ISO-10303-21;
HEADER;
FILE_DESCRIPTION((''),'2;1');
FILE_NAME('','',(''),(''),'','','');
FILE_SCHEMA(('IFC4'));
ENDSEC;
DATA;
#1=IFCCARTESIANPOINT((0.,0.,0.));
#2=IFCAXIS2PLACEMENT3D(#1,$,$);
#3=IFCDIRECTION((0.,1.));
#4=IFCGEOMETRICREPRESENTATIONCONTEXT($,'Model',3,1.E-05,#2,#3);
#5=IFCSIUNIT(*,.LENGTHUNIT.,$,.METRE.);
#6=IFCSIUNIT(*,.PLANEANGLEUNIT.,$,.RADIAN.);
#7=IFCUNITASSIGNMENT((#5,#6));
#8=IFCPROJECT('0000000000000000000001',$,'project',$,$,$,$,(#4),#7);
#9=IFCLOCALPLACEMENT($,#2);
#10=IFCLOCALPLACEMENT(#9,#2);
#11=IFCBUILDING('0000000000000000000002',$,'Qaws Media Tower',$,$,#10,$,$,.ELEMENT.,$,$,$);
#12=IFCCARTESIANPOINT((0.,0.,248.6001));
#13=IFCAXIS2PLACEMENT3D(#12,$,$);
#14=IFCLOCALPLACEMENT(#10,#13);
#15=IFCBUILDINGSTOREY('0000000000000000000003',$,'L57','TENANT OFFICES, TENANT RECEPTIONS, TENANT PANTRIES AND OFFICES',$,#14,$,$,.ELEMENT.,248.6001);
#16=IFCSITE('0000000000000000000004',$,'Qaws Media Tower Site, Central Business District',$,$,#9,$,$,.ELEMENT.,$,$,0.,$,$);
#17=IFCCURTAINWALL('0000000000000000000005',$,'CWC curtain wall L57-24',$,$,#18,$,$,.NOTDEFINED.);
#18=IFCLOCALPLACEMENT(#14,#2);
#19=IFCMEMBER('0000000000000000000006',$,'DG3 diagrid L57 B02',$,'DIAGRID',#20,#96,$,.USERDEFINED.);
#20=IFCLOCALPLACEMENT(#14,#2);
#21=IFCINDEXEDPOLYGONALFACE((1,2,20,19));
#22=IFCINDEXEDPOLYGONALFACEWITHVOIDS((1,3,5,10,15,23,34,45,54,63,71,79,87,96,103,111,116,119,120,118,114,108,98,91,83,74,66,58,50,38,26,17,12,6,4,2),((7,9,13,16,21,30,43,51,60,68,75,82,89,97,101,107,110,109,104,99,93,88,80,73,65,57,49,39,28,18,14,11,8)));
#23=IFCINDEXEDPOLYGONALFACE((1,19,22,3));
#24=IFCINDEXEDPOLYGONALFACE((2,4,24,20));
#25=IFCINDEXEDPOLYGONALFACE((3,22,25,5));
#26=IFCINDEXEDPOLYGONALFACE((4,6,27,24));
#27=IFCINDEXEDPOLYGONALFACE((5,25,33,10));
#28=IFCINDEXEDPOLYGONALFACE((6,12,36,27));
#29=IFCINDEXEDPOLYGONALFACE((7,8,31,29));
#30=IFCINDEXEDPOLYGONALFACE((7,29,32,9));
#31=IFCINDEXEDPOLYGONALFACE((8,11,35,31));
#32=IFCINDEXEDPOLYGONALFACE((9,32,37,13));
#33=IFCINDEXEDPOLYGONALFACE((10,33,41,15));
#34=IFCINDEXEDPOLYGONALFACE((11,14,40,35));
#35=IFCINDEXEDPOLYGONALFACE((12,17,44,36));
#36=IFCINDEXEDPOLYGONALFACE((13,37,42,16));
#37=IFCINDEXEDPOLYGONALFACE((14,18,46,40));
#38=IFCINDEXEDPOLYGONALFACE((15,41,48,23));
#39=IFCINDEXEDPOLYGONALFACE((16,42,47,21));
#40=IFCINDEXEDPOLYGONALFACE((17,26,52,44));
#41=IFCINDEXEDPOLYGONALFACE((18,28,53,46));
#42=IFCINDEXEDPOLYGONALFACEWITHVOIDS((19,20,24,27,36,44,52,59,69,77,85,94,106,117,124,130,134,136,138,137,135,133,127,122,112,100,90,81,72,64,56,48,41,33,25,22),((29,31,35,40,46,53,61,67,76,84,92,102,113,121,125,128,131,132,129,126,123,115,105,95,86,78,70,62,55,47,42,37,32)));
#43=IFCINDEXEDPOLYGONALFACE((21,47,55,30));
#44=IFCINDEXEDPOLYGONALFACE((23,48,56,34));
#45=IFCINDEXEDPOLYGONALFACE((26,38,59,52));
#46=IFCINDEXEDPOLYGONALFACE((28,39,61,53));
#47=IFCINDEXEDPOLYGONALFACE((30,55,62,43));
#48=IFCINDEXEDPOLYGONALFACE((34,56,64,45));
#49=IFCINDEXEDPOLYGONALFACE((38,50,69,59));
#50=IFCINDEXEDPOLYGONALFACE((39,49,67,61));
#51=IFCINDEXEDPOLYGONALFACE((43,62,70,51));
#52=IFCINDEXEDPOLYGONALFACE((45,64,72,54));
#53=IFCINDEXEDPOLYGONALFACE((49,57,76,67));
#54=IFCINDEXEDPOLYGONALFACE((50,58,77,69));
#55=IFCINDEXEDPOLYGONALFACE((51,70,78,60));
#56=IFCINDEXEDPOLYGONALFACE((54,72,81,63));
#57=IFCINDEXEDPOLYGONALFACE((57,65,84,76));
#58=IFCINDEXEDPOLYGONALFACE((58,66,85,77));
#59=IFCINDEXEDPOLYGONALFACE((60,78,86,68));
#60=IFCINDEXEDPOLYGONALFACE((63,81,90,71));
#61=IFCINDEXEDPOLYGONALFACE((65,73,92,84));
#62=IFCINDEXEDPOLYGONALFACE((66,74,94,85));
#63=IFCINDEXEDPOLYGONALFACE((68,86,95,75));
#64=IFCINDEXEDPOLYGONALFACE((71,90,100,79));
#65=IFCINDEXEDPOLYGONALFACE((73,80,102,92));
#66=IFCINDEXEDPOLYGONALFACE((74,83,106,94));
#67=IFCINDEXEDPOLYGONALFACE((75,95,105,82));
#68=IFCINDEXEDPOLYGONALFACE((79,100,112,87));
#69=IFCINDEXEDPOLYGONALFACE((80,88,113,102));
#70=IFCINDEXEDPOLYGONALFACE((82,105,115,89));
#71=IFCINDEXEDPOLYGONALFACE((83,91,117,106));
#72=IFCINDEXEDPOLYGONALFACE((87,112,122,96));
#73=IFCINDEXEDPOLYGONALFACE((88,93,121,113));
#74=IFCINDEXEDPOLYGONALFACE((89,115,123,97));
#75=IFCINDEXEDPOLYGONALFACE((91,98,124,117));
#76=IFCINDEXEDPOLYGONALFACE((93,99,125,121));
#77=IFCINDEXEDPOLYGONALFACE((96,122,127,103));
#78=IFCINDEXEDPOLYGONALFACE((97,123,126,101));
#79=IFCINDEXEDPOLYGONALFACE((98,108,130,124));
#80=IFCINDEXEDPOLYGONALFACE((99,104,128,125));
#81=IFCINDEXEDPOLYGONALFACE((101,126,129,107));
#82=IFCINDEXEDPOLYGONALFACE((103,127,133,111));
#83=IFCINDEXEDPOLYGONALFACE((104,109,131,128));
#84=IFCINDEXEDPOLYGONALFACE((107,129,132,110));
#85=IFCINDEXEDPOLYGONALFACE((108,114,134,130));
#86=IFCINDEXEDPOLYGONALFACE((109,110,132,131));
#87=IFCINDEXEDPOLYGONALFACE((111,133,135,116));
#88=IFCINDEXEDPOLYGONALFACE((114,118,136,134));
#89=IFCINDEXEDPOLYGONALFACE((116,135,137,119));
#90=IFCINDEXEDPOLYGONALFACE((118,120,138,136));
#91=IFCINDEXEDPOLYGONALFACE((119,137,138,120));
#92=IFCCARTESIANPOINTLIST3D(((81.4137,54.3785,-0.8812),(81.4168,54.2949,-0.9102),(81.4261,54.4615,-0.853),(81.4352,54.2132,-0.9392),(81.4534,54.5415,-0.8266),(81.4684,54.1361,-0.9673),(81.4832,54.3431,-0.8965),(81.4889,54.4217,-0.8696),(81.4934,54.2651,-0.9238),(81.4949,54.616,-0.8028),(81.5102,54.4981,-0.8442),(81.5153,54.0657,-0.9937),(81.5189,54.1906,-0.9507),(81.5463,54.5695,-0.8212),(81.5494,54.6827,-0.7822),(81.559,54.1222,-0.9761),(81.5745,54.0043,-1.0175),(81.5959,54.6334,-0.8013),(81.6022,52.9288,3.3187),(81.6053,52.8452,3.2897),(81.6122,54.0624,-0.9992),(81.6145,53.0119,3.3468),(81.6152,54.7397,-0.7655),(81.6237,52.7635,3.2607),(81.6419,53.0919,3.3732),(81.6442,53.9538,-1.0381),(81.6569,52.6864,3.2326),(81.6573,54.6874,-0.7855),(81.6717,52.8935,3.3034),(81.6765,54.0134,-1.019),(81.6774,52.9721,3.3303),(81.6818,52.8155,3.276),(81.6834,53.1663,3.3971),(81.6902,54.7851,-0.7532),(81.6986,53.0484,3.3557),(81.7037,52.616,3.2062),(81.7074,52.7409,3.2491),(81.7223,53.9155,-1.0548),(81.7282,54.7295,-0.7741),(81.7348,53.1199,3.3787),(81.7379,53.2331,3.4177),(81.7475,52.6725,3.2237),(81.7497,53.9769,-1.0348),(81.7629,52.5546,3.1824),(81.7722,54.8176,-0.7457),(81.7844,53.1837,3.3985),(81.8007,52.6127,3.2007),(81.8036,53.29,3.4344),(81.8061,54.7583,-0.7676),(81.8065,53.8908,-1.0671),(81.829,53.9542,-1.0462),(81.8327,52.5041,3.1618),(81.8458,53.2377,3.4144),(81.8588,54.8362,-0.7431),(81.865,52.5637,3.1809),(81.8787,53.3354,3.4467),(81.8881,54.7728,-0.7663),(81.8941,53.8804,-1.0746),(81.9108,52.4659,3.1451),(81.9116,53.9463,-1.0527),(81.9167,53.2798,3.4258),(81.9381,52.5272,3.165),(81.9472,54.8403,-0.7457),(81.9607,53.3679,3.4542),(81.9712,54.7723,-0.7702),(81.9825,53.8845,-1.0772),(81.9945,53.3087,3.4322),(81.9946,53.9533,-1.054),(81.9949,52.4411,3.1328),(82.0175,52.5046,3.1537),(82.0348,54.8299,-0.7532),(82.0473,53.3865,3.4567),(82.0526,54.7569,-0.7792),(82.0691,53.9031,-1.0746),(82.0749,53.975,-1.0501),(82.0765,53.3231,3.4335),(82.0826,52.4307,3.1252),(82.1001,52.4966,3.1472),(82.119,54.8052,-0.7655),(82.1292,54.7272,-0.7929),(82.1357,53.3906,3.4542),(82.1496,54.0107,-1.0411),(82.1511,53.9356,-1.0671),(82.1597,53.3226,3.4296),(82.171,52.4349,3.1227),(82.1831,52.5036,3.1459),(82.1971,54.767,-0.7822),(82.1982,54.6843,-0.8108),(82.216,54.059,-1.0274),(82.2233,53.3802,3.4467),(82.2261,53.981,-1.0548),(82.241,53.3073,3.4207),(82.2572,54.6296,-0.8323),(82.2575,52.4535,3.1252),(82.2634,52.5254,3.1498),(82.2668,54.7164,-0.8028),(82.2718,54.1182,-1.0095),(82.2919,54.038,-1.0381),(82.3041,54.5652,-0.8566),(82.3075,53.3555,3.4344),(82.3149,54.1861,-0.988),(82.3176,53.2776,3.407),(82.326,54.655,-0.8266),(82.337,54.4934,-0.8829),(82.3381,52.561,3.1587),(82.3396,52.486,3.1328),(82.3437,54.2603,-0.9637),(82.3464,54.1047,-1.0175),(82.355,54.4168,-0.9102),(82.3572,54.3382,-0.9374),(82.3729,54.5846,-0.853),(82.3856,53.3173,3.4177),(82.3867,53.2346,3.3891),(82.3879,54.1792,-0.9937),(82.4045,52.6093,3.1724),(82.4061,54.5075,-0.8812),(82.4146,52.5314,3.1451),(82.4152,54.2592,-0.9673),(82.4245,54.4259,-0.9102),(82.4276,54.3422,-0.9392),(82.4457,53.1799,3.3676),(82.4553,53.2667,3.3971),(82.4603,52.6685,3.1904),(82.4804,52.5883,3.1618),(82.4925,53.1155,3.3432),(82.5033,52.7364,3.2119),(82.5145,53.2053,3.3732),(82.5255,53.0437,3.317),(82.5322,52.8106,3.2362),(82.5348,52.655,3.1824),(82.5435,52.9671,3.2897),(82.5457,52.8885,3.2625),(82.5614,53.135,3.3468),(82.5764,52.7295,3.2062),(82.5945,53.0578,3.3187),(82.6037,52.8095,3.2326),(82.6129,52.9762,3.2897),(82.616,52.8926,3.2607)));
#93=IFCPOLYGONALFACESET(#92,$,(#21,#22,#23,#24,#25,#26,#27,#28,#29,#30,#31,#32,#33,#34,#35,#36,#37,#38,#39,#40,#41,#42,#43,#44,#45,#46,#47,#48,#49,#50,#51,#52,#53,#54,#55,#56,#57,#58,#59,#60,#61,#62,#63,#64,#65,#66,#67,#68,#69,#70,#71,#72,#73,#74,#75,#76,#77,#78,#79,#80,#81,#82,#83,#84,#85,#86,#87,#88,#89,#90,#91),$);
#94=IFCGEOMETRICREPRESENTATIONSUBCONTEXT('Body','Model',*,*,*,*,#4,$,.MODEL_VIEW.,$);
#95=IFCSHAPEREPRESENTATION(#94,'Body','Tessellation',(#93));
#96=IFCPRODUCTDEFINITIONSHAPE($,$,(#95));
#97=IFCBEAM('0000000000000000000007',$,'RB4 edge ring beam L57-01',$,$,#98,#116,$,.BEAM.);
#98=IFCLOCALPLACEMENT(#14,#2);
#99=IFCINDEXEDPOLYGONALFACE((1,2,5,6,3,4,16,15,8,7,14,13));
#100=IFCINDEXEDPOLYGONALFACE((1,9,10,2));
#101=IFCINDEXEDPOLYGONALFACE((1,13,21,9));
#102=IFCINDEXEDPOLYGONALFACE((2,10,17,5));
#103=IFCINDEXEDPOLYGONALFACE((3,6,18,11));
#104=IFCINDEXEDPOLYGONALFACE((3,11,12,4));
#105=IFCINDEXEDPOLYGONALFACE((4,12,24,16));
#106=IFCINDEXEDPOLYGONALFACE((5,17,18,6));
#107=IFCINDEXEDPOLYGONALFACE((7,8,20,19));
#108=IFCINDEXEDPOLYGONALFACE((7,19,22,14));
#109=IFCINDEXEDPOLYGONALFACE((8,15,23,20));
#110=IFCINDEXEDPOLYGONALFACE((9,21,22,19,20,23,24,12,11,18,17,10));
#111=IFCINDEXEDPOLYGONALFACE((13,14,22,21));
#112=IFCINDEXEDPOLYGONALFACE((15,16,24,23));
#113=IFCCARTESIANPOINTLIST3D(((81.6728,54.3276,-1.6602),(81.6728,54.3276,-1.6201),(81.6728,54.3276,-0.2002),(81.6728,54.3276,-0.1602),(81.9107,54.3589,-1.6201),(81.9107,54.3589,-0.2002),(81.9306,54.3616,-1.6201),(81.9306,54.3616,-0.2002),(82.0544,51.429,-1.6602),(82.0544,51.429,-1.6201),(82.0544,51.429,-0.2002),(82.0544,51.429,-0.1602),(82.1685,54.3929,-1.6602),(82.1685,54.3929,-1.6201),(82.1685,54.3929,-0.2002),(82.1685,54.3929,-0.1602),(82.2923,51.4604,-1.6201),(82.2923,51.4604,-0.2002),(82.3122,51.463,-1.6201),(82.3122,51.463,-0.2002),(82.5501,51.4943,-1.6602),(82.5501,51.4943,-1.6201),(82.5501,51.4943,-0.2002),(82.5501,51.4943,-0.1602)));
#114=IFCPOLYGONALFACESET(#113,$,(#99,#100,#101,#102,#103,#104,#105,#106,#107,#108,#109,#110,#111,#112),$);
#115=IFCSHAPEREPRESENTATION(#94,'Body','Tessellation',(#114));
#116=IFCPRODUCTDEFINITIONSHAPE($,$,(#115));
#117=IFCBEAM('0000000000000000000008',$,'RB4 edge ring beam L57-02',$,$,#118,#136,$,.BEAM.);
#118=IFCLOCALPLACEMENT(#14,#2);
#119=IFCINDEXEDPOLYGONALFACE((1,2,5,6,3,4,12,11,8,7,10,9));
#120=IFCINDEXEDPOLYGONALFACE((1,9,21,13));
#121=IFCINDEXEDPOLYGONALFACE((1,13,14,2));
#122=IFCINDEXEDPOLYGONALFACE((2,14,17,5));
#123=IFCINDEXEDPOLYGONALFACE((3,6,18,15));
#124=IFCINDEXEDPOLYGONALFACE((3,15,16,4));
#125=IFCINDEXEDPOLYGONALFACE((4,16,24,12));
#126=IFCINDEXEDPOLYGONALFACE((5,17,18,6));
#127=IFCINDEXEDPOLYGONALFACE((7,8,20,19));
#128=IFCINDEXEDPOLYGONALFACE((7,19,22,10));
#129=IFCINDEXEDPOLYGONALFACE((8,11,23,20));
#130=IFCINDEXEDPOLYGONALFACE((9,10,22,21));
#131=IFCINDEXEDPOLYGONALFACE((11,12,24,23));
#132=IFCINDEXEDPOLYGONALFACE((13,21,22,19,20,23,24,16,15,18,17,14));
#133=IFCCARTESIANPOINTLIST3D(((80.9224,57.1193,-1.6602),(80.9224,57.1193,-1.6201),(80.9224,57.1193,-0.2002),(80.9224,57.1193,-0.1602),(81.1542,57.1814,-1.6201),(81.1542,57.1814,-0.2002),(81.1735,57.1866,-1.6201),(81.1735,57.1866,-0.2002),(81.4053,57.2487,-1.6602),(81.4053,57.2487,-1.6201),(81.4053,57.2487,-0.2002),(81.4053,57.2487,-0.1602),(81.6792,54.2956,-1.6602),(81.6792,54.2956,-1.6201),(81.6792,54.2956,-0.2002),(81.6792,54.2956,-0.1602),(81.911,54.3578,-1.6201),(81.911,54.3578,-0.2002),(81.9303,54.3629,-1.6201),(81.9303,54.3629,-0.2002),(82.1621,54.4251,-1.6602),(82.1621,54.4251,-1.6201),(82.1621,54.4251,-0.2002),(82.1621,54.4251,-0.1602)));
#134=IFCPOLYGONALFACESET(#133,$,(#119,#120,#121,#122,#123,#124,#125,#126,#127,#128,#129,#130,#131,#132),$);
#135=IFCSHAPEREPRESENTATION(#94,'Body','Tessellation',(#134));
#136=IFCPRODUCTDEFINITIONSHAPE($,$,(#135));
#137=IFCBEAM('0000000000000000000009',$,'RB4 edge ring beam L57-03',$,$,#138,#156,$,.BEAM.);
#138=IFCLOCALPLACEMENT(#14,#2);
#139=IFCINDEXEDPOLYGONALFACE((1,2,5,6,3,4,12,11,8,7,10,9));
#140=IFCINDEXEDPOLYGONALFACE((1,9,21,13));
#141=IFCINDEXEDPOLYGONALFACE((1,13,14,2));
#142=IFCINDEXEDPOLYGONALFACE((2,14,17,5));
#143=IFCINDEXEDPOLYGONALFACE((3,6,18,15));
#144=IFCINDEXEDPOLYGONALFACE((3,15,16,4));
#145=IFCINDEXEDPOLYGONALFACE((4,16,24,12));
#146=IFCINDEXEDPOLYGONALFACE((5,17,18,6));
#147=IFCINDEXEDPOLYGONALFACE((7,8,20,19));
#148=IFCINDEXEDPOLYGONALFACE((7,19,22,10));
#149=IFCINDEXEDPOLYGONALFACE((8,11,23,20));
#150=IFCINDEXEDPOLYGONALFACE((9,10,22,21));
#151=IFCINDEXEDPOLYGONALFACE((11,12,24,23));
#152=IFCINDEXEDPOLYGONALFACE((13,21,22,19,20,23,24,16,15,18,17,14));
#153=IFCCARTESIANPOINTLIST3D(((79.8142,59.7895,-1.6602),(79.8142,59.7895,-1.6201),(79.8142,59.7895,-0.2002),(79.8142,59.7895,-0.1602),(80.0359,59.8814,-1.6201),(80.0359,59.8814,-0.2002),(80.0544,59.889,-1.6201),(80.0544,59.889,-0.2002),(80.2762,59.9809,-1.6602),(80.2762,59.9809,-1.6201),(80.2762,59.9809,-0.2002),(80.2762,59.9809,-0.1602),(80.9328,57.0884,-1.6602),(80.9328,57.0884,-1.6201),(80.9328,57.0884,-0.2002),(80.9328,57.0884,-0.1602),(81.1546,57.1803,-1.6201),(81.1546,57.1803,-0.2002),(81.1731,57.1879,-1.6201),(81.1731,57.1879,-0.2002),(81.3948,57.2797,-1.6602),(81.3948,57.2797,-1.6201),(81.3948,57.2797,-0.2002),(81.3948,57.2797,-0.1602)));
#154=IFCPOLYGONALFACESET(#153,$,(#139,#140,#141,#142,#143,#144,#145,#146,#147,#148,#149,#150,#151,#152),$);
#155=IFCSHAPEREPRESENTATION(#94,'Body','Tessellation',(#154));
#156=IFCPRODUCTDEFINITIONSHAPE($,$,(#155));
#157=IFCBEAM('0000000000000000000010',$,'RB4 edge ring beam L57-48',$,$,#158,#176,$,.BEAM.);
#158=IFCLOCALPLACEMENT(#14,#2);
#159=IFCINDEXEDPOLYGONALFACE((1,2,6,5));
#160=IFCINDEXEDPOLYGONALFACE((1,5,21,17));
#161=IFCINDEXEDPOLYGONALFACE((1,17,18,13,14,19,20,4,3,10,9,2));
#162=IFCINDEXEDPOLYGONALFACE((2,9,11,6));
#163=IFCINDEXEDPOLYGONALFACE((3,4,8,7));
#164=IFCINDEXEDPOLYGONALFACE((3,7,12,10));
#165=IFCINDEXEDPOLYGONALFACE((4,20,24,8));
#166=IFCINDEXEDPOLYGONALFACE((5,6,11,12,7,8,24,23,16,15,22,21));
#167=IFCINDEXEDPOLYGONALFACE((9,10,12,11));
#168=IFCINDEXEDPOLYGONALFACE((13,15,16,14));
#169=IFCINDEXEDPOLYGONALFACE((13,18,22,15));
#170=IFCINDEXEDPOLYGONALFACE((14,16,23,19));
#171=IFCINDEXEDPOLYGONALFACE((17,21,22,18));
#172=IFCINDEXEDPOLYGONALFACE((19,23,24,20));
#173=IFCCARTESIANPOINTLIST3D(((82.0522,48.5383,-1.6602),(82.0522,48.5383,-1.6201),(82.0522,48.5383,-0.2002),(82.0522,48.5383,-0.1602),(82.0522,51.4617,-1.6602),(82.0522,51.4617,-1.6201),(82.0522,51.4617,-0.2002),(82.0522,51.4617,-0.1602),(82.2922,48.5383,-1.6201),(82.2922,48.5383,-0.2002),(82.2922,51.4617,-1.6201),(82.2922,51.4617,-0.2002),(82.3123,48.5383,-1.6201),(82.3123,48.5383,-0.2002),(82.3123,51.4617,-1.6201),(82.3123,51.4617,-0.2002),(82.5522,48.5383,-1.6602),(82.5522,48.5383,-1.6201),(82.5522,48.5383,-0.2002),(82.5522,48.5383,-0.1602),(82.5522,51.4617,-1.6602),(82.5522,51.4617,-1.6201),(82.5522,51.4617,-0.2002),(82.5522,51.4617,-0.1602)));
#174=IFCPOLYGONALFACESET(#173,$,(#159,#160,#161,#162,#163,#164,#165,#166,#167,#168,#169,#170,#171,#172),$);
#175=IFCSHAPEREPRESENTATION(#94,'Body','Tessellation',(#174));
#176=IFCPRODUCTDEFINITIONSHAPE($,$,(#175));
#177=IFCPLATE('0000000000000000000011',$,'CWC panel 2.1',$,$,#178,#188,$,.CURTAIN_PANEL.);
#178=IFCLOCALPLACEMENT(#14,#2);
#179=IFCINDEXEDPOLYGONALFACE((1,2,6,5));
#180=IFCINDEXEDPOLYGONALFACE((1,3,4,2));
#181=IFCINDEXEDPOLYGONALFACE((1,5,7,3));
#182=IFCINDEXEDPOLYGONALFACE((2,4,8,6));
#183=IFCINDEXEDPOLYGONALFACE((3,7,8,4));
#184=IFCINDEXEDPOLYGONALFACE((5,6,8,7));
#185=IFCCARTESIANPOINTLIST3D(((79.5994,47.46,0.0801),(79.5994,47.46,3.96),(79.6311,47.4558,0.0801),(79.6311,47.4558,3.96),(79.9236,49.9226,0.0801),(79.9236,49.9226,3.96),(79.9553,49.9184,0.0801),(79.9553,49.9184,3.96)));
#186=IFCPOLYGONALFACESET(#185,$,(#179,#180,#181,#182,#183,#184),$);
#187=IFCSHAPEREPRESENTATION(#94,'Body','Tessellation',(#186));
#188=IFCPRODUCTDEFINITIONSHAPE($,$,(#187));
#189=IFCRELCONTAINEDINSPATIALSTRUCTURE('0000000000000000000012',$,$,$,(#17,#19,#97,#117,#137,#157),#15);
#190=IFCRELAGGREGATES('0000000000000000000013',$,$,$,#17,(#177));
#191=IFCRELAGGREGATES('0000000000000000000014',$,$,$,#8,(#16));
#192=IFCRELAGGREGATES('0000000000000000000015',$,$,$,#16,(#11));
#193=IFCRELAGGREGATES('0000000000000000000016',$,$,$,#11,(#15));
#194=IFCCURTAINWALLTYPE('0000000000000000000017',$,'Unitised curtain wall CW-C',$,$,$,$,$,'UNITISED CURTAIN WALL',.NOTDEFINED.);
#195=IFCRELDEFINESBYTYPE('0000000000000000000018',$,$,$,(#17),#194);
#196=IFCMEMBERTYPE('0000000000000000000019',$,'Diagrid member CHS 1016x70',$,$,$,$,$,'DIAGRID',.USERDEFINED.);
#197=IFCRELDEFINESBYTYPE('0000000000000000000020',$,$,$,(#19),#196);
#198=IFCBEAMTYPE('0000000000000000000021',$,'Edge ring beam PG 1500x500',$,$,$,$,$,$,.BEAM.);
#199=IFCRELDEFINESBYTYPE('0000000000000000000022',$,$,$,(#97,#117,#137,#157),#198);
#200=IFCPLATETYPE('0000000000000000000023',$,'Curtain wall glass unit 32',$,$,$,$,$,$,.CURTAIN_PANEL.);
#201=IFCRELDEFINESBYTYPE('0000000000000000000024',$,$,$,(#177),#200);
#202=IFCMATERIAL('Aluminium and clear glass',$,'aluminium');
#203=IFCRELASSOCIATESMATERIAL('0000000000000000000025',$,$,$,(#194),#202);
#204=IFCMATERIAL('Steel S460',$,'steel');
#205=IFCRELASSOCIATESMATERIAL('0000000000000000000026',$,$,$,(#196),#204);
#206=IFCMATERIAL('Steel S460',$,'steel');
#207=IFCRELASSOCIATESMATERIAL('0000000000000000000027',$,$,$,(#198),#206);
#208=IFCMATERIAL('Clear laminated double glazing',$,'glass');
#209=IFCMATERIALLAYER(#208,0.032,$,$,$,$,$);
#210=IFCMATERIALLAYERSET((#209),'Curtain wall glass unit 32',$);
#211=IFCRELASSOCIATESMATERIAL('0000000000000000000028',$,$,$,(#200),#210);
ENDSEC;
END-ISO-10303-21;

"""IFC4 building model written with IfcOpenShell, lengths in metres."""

from ifc_helpers import new_model, si_unit, direction, frame, origin, origin_2d, place, context, subcontext, project, spatial, rectangle, hollow_circle, i_section, extrude, material, layer, layer_set, material_profile, profile_set, type_object, element, aggregate, save


model = new_model("IFC4")

# Units and contexts
model_context = context("Model", 3, precision=1e-05, world=origin(), true_north=direction((0.0, 1.0)))
body_context = subcontext(model_context, "Body", "Model", "MODEL_VIEW")
ifc_project = project(units=[si_unit("LENGTHUNIT", "METRE"), si_unit("PLANEANGLEUNIT", "RADIAN")], contexts=[model_context])

# Site, building, storey
site_placement = place(None, origin())
site = spatial("IfcSite", under=ifc_project, at=site_placement, Name="Qaws Media Tower Site, Central Business District", CompositionType="ELEMENT", RefElevation=0.0)
building_placement = place(site_placement, origin())
building = spatial("IfcBuilding", under=site, at=building_placement, Name="Qaws Media Tower", CompositionType="ELEMENT")
storey_placement = place(building_placement, frame((0.0, 0.0, 248.6001)))
storey = spatial("IfcBuildingStorey", under=building, at=storey_placement, Name="L57", Description="TENANT OFFICES, TENANT RECEPTIONS, TENANT PANTRIES AND OFFICES", CompositionType="ELEMENT", Elevation=248.6001)

# Curtain wall
ifc_material_1 = material(Name="Aluminium and clear glass", Category="aluminium")
curtain_wall_type = type_object("IfcCurtainWallType", Name="Unitised curtain wall CW-C", ElementType="UNITISED CURTAIN WALL", PredefinedType="NOTDEFINED", material=ifc_material_1)
curtain_wall_1_placement = place(storey_placement, origin())
curtain_wall_1 = element("IfcCurtainWall", 1, at=curtain_wall_1_placement, inside=storey, type_object=curtain_wall_type, Name="CWC curtain wall L57-24", PredefinedType="NOTDEFINED")

# Member
ifc_material_2 = material(Name="Steel S460", Category="steel")
ifc_material_profile_1 = material_profile(ifc_material_2, hollow_circle(Radius=0.5081, WallThickness=0.0701, at=origin_2d()), Name="CHS 1016x70")
ifc_profile_set_1 = profile_set([ifc_material_profile_1], Name="Steel S460")
member_type_1 = type_object("IfcMemberType", Name="Diagrid member CHS 1016x70", ElementType="DIAGRID", PredefinedType="USERDEFINED", material=ifc_profile_set_1)
for number, where, z_axis, x_axis, name in (
    (2, (81.9207, 54.3604, -0.9102), (0.042382, -0.325989, 0.944423), (0.991654, 0.128925, 0.0), "DG3 diagrid L57 B02"),
):
    element("IfcMember", number, at=place(storey_placement, frame(where, z_axis=z_axis, x_axis=x_axis)), inside=storey, type_object=member_type_1, Name=name, ObjectType="DIAGRID", PredefinedType="USERDEFINED", context=body_context, shape_type="SweptSolid", body=[
        extrude(hollow_circle(Radius=0.5081, WallThickness=0.0701, at=origin_2d()), origin(), (0.0, 0.0, 1.0), 4.447),
    ])

# Beams
ifc_material_3 = material(Name="Steel S460", Category="steel")
ifc_material_profile_2 = material_profile(ifc_material_3, i_section(OverallWidth=0.5, OverallDepth=1.5, WebThickness=0.02, FlangeThickness=0.04, at=origin_2d()), Name="PG 1500x500")
ifc_profile_set_2 = profile_set([ifc_material_profile_2], Name="Steel S460")
beam_type = type_object("IfcBeamType", Name="Edge ring beam PG 1500x500", PredefinedType="BEAM", material=ifc_profile_set_2)
beam_1_placement = place(storey_placement, frame((82.3022, 51.4617, -0.9102), z_axis=(-0.130517, 0.991446, 0.0), x_axis=(-0.991446, -0.130517, 0.0)))
element("IfcBeam", 3, at=beam_1_placement, inside=storey, type_object=beam_type, Name="RB4 edge ring beam L57-01", PredefinedType="BEAM", context=body_context, shape_type="SweptSolid", body=[
    extrude(i_section(OverallWidth=0.5, OverallDepth=1.5, WebThickness=0.02, FlangeThickness=0.04, at=origin_2d()), origin(), (0.0, 0.0, 1.0), 2.9236),
])
beam_2_placement = place(storey_placement, frame((81.9207, 54.3604, -0.9102), z_axis=(-0.258889, 0.965907, 0.0), x_axis=(-0.965907, -0.258889, 0.0)))
element("IfcBeam", 4, at=beam_2_placement, inside=storey, type_object=beam_type, Name="RB4 edge ring beam L57-02", PredefinedType="BEAM", context=body_context, shape_type="SweptSolid", body=[
    extrude(i_section(OverallWidth=0.5, OverallDepth=1.5, WebThickness=0.02, FlangeThickness=0.04, at=origin_2d()), origin(), (0.0, 0.0, 1.0), 2.9233),
])
beam_3_placement = place(storey_placement, frame((81.1638, 57.1841, -0.9102), z_axis=(-0.382622, 0.923905, 0.0), x_axis=(-0.923905, -0.382622, 0.0)))
element("IfcBeam", 5, at=beam_3_placement, inside=storey, type_object=beam_type, Name="RB4 edge ring beam L57-03", PredefinedType="BEAM", context=body_context, shape_type="SweptSolid", body=[
    extrude(i_section(OverallWidth=0.5, OverallDepth=1.5, WebThickness=0.02, FlangeThickness=0.04, at=origin_2d()), origin(), (0.0, 0.0, 1.0), 2.9236),
])
beam_4_placement = place(storey_placement, frame((82.3022, 48.5383, -0.9102), z_axis=(0.0, 1.0, 0.0), x_axis=(-1.0, 0.0, 0.0)))
element("IfcBeam", 6, at=beam_4_placement, inside=storey, type_object=beam_type, Name="RB4 edge ring beam L57-48", PredefinedType="BEAM", context=body_context, shape_type="SweptSolid", body=[
    extrude(i_section(OverallWidth=0.5, OverallDepth=1.5, WebThickness=0.02, FlangeThickness=0.04, at=origin_2d()), origin(), (0.0, 0.0, 1.0), 2.9233),
])

# Plate
ifc_material_4 = material(Name="Clear laminated double glazing", Category="glass")
ifc_layer_1 = layer(ifc_material_4, 0.032)
ifc_layer_set_1 = layer_set([ifc_layer_1], Name="Curtain wall glass unit 32")
plate_type_1 = type_object("IfcPlateType", Name="Curtain wall glass unit 32", PredefinedType="CURTAIN_PANEL", material=ifc_layer_set_1)
plate_1_placement = place(storey_placement, frame((79.7773, 48.6892, 0.0801), z_axis=(0.0, 0.0, 1.0), x_axis=(0.130526, 0.991445, 0.0)))
plate_1 = element("IfcPlate", 7, at=plate_1_placement, type_object=plate_type_1, Name="CWC panel 2.1", PredefinedType="CURTAIN_PANEL", context=body_context, shape_type="SweptSolid", body=[
    extrude(rectangle(XDim=2.4839, YDim=0.032, at=origin_2d()), origin(), (0.0, 0.0, 1.0), 3.8799),
])
aggregate(curtain_wall_1, [plate_1])

save(model, "model.ifc")
